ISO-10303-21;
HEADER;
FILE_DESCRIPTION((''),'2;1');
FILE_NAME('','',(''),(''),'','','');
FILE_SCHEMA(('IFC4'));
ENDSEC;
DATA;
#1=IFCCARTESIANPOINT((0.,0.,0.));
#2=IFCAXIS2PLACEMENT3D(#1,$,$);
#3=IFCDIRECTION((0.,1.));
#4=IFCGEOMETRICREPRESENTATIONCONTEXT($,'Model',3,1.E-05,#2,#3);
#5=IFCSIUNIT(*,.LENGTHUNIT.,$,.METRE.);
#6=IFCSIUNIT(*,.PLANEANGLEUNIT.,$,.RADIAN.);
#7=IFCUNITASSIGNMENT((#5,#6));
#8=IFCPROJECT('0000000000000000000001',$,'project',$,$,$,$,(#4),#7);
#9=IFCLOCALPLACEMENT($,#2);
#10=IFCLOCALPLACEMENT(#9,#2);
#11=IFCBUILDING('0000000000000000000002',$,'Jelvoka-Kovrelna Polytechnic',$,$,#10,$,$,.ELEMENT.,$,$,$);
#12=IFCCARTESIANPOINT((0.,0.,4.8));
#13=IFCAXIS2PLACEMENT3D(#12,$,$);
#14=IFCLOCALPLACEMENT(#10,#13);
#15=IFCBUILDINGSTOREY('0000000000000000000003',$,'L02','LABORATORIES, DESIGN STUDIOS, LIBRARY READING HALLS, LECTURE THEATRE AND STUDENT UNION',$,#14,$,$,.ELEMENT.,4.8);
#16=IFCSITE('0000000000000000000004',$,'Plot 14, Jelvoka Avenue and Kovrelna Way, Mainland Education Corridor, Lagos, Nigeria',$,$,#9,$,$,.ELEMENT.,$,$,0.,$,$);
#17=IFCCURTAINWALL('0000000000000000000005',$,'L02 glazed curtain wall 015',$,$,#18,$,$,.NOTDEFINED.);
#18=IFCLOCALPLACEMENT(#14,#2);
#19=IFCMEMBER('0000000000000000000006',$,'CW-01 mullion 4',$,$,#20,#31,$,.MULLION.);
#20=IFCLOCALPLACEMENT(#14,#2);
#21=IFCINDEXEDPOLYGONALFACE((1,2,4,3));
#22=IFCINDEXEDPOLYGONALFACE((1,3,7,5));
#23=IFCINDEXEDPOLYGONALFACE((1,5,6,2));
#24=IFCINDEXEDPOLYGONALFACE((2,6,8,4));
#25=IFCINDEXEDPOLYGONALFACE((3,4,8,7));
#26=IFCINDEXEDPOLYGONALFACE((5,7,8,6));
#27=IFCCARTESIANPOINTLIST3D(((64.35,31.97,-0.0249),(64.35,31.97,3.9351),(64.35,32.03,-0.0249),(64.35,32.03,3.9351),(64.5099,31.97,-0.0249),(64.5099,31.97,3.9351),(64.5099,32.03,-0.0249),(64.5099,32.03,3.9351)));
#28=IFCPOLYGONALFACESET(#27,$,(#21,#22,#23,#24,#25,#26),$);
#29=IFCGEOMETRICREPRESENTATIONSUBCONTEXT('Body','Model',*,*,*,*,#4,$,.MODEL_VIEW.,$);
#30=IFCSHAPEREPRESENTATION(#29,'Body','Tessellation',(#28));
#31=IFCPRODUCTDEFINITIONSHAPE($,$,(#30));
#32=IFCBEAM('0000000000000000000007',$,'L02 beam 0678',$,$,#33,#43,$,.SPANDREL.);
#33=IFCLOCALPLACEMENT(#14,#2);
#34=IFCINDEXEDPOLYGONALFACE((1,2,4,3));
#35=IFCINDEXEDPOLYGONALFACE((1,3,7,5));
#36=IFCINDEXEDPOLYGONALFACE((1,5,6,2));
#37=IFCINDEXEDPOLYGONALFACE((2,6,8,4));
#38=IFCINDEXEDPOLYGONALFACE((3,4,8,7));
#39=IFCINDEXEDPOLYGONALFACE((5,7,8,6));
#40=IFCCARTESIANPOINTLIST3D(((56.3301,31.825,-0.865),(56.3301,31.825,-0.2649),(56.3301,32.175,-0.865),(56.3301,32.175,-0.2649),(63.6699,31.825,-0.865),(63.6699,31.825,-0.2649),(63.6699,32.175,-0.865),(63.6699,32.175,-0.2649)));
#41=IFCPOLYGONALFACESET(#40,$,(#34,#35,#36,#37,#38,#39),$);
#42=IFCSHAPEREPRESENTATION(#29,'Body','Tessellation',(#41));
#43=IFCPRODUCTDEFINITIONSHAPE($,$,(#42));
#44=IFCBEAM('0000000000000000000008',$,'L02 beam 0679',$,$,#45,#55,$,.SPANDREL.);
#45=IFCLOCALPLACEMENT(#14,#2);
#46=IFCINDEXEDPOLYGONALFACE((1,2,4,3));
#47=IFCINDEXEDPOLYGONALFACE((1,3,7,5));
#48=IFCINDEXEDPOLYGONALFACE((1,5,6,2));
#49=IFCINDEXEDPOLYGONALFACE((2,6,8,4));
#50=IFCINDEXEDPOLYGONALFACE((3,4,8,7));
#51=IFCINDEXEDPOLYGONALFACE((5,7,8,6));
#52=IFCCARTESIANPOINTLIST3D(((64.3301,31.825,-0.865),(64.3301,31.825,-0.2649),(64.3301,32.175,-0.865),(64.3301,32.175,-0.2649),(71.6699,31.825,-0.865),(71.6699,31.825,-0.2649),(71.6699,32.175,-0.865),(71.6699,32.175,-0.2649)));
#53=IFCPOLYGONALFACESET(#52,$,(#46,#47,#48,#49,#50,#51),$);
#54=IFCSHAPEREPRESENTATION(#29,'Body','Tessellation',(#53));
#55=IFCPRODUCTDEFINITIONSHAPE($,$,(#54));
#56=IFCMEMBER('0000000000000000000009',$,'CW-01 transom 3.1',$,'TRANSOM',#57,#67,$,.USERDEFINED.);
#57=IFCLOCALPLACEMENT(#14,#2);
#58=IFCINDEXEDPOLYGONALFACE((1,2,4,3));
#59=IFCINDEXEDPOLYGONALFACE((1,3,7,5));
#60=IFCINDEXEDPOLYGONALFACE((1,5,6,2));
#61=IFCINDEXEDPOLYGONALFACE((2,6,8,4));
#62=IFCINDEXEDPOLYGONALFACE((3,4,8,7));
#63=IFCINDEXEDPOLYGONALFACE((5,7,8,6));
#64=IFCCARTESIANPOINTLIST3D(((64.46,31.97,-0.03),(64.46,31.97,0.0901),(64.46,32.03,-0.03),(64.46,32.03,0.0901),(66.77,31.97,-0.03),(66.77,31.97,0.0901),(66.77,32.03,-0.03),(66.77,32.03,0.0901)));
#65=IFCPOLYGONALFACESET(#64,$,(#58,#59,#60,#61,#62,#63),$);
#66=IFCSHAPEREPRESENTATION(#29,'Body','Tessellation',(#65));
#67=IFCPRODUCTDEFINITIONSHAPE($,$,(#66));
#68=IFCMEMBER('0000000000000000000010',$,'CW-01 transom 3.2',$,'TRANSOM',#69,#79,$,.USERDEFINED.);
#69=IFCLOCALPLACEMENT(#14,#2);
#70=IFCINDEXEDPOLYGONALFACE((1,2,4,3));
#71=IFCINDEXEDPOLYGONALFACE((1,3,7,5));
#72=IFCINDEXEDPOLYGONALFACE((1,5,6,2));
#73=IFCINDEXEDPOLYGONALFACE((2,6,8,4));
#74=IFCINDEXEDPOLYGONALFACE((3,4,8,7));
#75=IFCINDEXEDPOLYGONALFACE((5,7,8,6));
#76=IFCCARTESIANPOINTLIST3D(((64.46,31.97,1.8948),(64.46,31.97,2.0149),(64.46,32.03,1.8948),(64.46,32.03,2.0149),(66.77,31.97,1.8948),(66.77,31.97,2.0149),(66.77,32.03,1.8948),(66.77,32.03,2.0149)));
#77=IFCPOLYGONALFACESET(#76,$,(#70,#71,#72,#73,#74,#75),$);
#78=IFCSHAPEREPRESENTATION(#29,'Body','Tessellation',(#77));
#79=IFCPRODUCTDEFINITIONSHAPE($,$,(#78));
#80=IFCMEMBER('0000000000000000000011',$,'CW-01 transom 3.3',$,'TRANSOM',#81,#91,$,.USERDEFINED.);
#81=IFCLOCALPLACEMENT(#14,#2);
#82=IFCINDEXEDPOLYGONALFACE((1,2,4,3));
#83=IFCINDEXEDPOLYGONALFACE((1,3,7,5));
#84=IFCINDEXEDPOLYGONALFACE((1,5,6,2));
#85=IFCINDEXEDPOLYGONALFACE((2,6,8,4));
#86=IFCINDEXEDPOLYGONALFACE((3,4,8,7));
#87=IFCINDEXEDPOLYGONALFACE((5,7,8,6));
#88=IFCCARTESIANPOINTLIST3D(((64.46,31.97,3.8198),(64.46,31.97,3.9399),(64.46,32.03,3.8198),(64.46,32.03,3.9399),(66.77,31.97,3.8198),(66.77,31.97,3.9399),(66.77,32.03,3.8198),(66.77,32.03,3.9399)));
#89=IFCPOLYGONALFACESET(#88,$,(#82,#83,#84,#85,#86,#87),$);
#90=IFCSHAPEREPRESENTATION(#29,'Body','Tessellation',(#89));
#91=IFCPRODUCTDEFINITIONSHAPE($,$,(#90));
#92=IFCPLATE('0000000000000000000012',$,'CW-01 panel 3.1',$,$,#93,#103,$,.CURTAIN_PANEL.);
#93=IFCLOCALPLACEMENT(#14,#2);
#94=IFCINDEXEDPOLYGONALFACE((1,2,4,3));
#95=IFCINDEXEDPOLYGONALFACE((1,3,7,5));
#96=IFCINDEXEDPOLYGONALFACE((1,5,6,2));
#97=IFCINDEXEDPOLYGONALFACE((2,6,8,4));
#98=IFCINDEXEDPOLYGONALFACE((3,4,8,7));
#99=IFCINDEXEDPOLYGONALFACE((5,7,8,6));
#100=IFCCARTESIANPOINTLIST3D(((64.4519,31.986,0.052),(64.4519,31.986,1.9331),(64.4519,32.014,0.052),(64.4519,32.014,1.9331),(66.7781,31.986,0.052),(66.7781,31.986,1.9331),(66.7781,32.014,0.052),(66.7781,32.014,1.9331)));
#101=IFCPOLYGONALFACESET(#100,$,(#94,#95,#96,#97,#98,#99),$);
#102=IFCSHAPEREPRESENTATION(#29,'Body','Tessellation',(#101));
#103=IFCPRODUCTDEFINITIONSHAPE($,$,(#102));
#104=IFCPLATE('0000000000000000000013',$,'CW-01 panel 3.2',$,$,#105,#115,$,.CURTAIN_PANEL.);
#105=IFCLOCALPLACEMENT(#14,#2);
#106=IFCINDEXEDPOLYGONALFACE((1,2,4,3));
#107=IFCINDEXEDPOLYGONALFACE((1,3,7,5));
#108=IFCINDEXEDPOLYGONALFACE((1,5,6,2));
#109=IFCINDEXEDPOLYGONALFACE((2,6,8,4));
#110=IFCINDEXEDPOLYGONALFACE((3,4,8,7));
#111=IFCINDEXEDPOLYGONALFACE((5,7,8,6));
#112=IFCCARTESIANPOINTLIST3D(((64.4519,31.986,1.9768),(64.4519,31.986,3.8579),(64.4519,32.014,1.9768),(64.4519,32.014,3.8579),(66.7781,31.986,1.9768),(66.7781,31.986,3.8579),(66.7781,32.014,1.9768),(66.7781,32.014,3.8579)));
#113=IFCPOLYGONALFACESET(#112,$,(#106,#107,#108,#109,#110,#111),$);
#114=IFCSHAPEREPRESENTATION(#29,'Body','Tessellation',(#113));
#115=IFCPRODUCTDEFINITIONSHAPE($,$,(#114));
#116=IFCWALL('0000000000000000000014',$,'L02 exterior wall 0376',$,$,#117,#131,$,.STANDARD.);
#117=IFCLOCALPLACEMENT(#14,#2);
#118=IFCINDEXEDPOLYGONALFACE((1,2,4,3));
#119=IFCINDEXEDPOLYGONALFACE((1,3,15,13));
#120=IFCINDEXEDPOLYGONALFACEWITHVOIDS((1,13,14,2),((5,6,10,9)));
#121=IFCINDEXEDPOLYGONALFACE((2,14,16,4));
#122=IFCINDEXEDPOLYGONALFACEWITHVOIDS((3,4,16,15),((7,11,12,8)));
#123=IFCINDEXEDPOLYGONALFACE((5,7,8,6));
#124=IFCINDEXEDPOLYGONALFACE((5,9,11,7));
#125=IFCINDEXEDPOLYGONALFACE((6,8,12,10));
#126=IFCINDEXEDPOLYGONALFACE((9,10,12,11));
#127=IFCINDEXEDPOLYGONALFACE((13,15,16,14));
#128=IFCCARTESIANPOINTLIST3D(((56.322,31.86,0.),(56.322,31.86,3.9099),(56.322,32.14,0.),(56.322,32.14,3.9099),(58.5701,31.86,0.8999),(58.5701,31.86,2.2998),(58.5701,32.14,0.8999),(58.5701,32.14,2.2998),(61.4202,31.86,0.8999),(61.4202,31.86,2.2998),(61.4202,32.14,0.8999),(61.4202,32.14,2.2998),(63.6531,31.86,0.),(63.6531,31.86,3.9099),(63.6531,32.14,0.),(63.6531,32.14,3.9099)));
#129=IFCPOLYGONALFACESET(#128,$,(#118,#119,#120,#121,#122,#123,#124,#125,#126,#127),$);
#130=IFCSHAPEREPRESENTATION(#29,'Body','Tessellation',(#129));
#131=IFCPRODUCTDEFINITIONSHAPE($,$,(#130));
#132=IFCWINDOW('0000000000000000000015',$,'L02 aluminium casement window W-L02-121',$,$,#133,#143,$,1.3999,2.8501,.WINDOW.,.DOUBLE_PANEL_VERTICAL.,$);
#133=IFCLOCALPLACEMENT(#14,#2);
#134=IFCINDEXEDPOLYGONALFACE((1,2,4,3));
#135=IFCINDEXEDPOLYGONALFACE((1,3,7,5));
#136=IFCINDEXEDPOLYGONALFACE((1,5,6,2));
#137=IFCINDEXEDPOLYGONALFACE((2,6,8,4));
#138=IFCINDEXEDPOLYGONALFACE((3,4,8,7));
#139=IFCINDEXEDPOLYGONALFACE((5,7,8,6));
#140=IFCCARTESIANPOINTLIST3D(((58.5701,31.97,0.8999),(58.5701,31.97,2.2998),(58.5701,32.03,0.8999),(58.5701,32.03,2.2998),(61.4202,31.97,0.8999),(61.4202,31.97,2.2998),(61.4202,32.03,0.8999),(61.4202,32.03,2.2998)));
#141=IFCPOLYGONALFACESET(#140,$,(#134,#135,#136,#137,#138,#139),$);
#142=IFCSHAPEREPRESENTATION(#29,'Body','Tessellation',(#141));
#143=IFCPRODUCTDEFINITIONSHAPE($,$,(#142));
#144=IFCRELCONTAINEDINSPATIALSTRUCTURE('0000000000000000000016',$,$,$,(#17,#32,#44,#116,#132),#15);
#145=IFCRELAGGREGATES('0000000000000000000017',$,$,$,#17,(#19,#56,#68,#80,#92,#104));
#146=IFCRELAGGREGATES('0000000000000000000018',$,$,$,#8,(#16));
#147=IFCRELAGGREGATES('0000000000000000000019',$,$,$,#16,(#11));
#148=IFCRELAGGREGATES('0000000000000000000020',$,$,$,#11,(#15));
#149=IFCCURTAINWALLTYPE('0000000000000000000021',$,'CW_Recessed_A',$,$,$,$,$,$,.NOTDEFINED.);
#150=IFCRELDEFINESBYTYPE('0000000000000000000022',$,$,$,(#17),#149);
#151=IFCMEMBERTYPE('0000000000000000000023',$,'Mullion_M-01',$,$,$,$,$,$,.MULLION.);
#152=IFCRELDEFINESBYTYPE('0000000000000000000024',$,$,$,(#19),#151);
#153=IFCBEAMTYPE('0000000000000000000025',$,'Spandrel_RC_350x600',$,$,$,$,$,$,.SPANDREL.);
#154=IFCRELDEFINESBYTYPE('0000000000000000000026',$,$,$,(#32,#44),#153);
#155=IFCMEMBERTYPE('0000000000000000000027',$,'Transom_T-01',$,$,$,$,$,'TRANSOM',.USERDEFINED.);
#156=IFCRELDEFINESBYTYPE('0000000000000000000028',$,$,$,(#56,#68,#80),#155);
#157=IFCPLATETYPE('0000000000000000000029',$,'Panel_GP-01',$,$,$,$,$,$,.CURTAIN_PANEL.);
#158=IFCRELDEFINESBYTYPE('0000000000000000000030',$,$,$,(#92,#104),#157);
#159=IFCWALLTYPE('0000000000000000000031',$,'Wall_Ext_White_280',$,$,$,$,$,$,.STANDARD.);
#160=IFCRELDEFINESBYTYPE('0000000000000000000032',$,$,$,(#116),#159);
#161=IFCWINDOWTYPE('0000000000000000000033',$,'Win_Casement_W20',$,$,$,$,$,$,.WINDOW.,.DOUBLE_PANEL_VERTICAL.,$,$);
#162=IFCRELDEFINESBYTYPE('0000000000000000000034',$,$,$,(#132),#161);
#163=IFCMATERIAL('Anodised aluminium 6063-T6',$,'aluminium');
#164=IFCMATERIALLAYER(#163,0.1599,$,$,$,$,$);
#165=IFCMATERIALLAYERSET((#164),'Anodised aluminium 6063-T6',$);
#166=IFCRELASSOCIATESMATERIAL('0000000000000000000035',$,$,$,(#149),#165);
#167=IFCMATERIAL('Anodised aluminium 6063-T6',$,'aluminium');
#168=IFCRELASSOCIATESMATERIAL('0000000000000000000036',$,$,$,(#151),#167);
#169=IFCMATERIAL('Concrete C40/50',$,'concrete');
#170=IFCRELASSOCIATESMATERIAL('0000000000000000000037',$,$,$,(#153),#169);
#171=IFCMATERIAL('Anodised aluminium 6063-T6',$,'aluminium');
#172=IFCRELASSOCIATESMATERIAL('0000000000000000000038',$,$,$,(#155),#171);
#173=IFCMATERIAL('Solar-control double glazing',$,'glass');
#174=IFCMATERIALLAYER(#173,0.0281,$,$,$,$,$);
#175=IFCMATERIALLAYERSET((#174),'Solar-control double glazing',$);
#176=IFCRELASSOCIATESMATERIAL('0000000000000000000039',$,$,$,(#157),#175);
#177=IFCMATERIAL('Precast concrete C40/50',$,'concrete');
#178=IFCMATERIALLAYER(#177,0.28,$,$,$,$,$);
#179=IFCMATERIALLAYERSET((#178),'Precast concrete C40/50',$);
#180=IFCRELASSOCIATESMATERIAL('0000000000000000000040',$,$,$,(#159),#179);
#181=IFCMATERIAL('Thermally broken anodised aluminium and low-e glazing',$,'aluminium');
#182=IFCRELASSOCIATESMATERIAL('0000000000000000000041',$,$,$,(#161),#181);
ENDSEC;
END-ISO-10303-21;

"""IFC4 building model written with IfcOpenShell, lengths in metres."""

from ifc_helpers import new_model, si_unit, direction, frame, frame_2d, origin, origin_2d, place, context, subcontext, project, spatial, rectangle, extrude, material, layer, layer_set, material_profile, profile_set, type_object, element, fill, aggregate, save


model = new_model("IFC4")

# Units and contexts
model_context = context("Model", 3, precision=1e-05, world=origin(), true_north=direction((0.0, 1.0)))
body_context = subcontext(model_context, "Body", "Model", "MODEL_VIEW")
ifc_project = project(units=[si_unit("LENGTHUNIT", "METRE"), si_unit("PLANEANGLEUNIT", "RADIAN")], contexts=[model_context])

# Site, building, storey
site_placement = place(None, origin())
site = spatial("IfcSite", under=ifc_project, at=site_placement, Name="Plot 14, Jelvoka Avenue and Kovrelna Way, Mainland Education Corridor, Lagos, Nigeria", CompositionType="ELEMENT", RefElevation=0.0)
building_placement = place(site_placement, origin())
building = spatial("IfcBuilding", under=site, at=building_placement, Name="Jelvoka-Kovrelna Polytechnic", CompositionType="ELEMENT")
storey_placement = place(building_placement, frame((0.0, 0.0, 4.8)))
storey = spatial("IfcBuildingStorey", under=building, at=storey_placement, Name="L02", Description="LABORATORIES, DESIGN STUDIOS, LIBRARY READING HALLS, LECTURE THEATRE AND STUDENT UNION", CompositionType="ELEMENT", Elevation=4.8)

# Curtain wall, member
ifc_material_1 = material(Name="Anodised aluminium 6063-T6", Category="aluminium")
ifc_layer_1 = layer(ifc_material_1, 0.1599)
ifc_layer_set_1 = layer_set([ifc_layer_1], Name="Anodised aluminium 6063-T6")
curtain_wall_type = type_object("IfcCurtainWallType", Name="CW_Recessed_A", PredefinedType="NOTDEFINED", material=ifc_layer_set_1)
curtain_wall_placement = place(storey_placement, origin())
curtain_wall = element("IfcCurtainWall", 1, at=curtain_wall_placement, inside=storey, type_object=curtain_wall_type, Name="L02 glazed curtain wall 015", PredefinedType="NOTDEFINED")
ifc_material_2 = material(Name="Anodised aluminium 6063-T6", Category="aluminium")
ifc_material_profile_1 = material_profile(ifc_material_2, rectangle(XDim=0.0601, YDim=0.1599, at=origin_2d()), Name="ALU 60x160")
ifc_profile_set_1 = profile_set([ifc_material_profile_1], Name="Anodised aluminium 6063-T6")
member_type_1 = type_object("IfcMemberType", Name="Mullion_M-01", PredefinedType="MULLION", material=ifc_profile_set_1)
member_1_placement = place(storey_placement, frame((64.4299, 32.0, -0.0249), z_axis=(0.0, 0.0, 1.0), x_axis=(0.0, -1.0, 0.0)))
member_1 = element("IfcMember", 2, at=member_1_placement, type_object=member_type_1, Name="CW-01 mullion 4", PredefinedType="MULLION", context=body_context, shape_type="SweptSolid", body=[
    extrude(rectangle(XDim=0.0601, YDim=0.1599, at=origin_2d()), origin(), (0.0, 0.0, 1.0), 3.96),
])

# Beams
ifc_material_3 = material(Name="Concrete C40/50", Category="concrete")
ifc_material_profile_2 = material_profile(ifc_material_3, rectangle(XDim=0.3501, YDim=0.6001, at=origin_2d()), Name="RC 350x600")
ifc_profile_set_2 = profile_set([ifc_material_profile_2], Name="Concrete C40/50")
beam_type_1 = type_object("IfcBeamType", Name="Spandrel_RC_350x600", PredefinedType="SPANDREL", material=ifc_profile_set_2)
for number, where, z_axis, x_axis, name in (
    (3, (56.3301, 32.0, -0.5649), (1.0, 0.0, 0.0), (0.0, 1.0, 0.0), "L02 beam 0678"),
    (4, (64.3301, 32.0, -0.5649), (1.0, 0.0, 0.0), (0.0, 1.0, 0.0), "L02 beam 0679"),
):
    element("IfcBeam", number, at=place(storey_placement, frame(where, z_axis=z_axis, x_axis=x_axis)), inside=storey, type_object=beam_type_1, Name=name, PredefinedType="SPANDREL", context=body_context, shape_type="SweptSolid", body=[
        extrude(rectangle(XDim=0.3501, YDim=0.6001, at=origin_2d()), origin(), (0.0, 0.0, 1.0), 7.3398),
    ])

# Members
ifc_material_4 = material(Name="Anodised aluminium 6063-T6", Category="aluminium")
ifc_material_profile_3 = material_profile(ifc_material_4, rectangle(XDim=0.0601, YDim=0.1201, at=origin_2d()), Name="ALU 60x120")
ifc_profile_set_3 = profile_set([ifc_material_profile_3], Name="Anodised aluminium 6063-T6")
member_type_2 = type_object("IfcMemberType", Name="Transom_T-01", ElementType="TRANSOM", PredefinedType="USERDEFINED", material=ifc_profile_set_3)
member_2_placement = place(storey_placement, frame((66.77, 32.0, 0.03), z_axis=(-1.0, 0.0, 0.0), x_axis=(0.0, -1.0, 0.0)))
member_2 = element("IfcMember", 5, at=member_2_placement, type_object=member_type_2, Name="CW-01 transom 3.1", ObjectType="TRANSOM", PredefinedType="USERDEFINED", context=body_context, shape_type="SweptSolid", body=[
    extrude(rectangle(XDim=0.0601, YDim=0.1201, at=origin_2d()), origin(), (0.0, 0.0, 1.0), 2.3101),
])
member_3_placement = place(storey_placement, frame((66.77, 32.0, 1.9548), z_axis=(-1.0, 0.0, 0.0), x_axis=(0.0, -1.0, 0.0)))
member_3 = element("IfcMember", 6, at=member_3_placement, type_object=member_type_2, Name="CW-01 transom 3.2", ObjectType="TRANSOM", PredefinedType="USERDEFINED", context=body_context, shape_type="SweptSolid", body=[
    extrude(rectangle(XDim=0.0601, YDim=0.1201, at=origin_2d()), origin(), (0.0, 0.0, 1.0), 2.3101),
])
member_4_placement = place(storey_placement, frame((66.77, 32.0, 3.8799), z_axis=(-1.0, 0.0, 0.0), x_axis=(0.0, -1.0, 0.0)))
member_4 = element("IfcMember", 7, at=member_4_placement, type_object=member_type_2, Name="CW-01 transom 3.3", ObjectType="TRANSOM", PredefinedType="USERDEFINED", context=body_context, shape_type="SweptSolid", body=[
    extrude(rectangle(XDim=0.0601, YDim=0.1201, at=origin_2d()), origin(), (0.0, 0.0, 1.0), 2.3101),
])

# Plates
ifc_material_5 = material(Name="Solar-control double glazing", Category="glass")
ifc_layer_2 = layer(ifc_material_5, 0.0281)
ifc_layer_set_2 = layer_set([ifc_layer_2], Name="Solar-control double glazing")
plate_type = type_object("IfcPlateType", Name="Panel_GP-01", PredefinedType="CURTAIN_PANEL", material=ifc_layer_set_2)
plate_1_placement = place(storey_placement, frame((65.615, 32.0, 0.052), z_axis=(0.0, 0.0, 1.0), x_axis=(-1.0, 0.0, 0.0)))
plate_1 = element("IfcPlate", 8, at=plate_1_placement, type_object=plate_type, Name="CW-01 panel 3.1", PredefinedType="CURTAIN_PANEL", context=body_context, shape_type="SweptSolid", body=[
    extrude(rectangle(XDim=2.3262, YDim=0.0281, at=origin_2d()), origin(), (0.0, 0.0, 1.0), 1.8811),
])
plate_2_placement = place(storey_placement, frame((65.615, 32.0, 1.9768), z_axis=(0.0, 0.0, 1.0), x_axis=(-1.0, 0.0, 0.0)))
plate_2 = element("IfcPlate", 9, at=plate_2_placement, type_object=plate_type, Name="CW-01 panel 3.2", PredefinedType="CURTAIN_PANEL", context=body_context, shape_type="SweptSolid", body=[
    extrude(rectangle(XDim=2.3262, YDim=0.0281, at=origin_2d()), origin(), (0.0, 0.0, 1.0), 1.8811),
])
aggregate(curtain_wall, [member_1, member_2, member_3, member_4, plate_1, plate_2])

# Wall, opening, window
ifc_material_6 = material(Name="Precast concrete C40/50", Category="concrete")
ifc_layer_3 = layer(ifc_material_6, 0.28)
ifc_layer_set_3 = layer_set([ifc_layer_3], Name="Precast concrete C40/50")
wall_type = type_object("IfcWallType", Name="Wall_Ext_White_280", PredefinedType="STANDARD", material=ifc_layer_set_3)
wall_placement = place(storey_placement, frame((63.6531, 32.0, 0.0), z_axis=(0.0, 0.0, 1.0), x_axis=(-1.0, 0.0, 0.0)))
wall = element("IfcWall", 10, at=wall_placement, inside=storey, type_object=wall_type, Name="L02 exterior wall 0376", PredefinedType="STANDARD", context=body_context, shape_type="SweptSolid", body=[
    extrude(rectangle(XDim=7.3311, YDim=0.28, at=frame_2d((3.6655, 0.0))), origin(), (0.0, 0.0, 1.0), 3.9099),
])
opening_placement = place(wall_placement, frame((2.2329, 0.0, 0.8999)))
opening = element("IfcOpeningElement", 11, at=opening_placement, cuts=wall, PredefinedType="OPENING", context=body_context, shape_type="SweptSolid", body=[
    extrude(rectangle(XDim=2.8501, YDim=1.3999, at=frame_2d((1.425, 0.7))), frame((0.0, 0.1501, 0.0), z_axis=(0.0, -1.0, 0.0), x_axis=(1.0, 0.0, 0.0)), (0.0, 0.0, 1.0), 0.3),
])
ifc_material_7 = material(Name="Thermally broken anodised aluminium and low-e glazing", Category="aluminium")
window_type = type_object("IfcWindowType", Name="Win_Casement_W20", PartitioningType="DOUBLE_PANEL_VERTICAL", PredefinedType="WINDOW", material=ifc_material_7)
window_placement = place(opening_placement, origin())
window = element("IfcWindow", 12, at=window_placement, inside=storey, type_object=window_type, Name="L02 aluminium casement window W-L02-121", OverallHeight=1.3999, OverallWidth=2.8501, PartitioningType="DOUBLE_PANEL_VERTICAL", PredefinedType="WINDOW", context=body_context, shape_type="SweptSolid", body=[
    extrude(rectangle(XDim=2.8501, YDim=1.3999, at=frame_2d((1.425, 0.7))), frame((0.0, 0.03, 0.0), z_axis=(0.0, -1.0, 0.0), x_axis=(1.0, 0.0, 0.0)), (0.0, 0.0, 1.0), 0.0601),
])
fill(opening, window)

save(model, "model.ifc")
